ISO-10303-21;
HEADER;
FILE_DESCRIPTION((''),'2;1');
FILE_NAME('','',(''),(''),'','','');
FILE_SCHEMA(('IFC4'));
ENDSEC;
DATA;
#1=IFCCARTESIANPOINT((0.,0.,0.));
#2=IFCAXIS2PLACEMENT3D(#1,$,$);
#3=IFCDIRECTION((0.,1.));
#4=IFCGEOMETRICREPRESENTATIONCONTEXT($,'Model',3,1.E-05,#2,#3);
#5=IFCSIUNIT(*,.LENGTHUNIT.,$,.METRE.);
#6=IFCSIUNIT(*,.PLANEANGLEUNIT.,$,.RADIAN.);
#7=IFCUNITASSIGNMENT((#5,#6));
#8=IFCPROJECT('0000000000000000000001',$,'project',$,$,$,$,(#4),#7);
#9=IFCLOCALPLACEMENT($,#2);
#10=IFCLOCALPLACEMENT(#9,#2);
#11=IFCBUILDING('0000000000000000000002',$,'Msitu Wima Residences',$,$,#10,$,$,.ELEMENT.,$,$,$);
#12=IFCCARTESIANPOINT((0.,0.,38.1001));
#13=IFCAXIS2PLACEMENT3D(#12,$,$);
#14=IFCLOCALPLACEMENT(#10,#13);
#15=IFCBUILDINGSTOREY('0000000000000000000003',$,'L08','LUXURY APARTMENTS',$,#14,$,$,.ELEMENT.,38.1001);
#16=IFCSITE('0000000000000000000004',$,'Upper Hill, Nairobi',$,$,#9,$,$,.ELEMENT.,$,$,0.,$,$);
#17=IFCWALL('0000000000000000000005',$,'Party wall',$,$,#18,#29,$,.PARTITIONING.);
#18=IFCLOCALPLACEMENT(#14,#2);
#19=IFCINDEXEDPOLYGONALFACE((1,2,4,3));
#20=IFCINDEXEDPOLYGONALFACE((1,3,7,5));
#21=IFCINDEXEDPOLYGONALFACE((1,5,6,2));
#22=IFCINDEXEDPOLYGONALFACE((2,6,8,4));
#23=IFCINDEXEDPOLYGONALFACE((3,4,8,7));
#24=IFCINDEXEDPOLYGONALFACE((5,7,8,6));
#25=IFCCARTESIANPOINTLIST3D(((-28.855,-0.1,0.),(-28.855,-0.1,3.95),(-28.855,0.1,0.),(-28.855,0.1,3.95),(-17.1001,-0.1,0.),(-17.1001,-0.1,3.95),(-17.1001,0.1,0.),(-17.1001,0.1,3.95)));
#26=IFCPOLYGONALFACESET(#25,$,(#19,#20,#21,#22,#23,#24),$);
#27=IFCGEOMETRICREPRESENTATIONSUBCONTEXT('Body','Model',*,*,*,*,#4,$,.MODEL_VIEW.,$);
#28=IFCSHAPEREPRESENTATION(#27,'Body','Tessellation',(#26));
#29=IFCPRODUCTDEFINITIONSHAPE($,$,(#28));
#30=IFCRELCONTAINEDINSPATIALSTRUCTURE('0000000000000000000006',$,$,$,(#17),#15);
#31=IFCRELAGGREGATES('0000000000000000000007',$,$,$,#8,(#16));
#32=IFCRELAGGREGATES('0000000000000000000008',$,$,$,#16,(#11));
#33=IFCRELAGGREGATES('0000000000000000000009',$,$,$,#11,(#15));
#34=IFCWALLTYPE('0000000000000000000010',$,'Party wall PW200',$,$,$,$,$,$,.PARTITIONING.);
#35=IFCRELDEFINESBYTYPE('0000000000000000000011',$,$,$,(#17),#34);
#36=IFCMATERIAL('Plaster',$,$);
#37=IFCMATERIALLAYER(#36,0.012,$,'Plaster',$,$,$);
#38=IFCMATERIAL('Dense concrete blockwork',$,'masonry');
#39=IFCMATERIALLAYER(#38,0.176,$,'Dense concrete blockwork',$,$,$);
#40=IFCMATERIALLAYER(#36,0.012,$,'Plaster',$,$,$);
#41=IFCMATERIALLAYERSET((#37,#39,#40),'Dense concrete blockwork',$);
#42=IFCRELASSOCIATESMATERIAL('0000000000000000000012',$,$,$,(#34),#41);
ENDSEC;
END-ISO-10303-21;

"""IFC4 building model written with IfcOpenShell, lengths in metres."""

from ifc_helpers import new_model, si_unit, direction, frame, frame_2d, origin, place, context, subcontext, project, spatial, rectangle, extrude, material, layer, layer_set, type_object, element, save


model = new_model("IFC4")

# Units and contexts
model_context = context("Model", 3, precision=1e-05, world=origin(), true_north=direction((0.0, 1.0)))
body_context = subcontext(model_context, "Body", "Model", "MODEL_VIEW")
ifc_project = project(units=[si_unit("LENGTHUNIT", "METRE"), si_unit("PLANEANGLEUNIT", "RADIAN")], contexts=[model_context])

# Site, building, storey
site_placement = place(None, origin())
site = spatial("IfcSite", under=ifc_project, at=site_placement, Name="Upper Hill, Nairobi", CompositionType="ELEMENT", RefElevation=0.0)
building_placement = place(site_placement, origin())
building = spatial("IfcBuilding", under=site, at=building_placement, Name="Msitu Wima Residences", CompositionType="ELEMENT")
storey_placement = place(building_placement, frame((0.0, 0.0, 38.1001)))
storey = spatial("IfcBuildingStorey", under=building, at=storey_placement, Name="L08", Description="LUXURY APARTMENTS", CompositionType="ELEMENT", Elevation=38.1001)

# Shared definitions
ifc_material_1 = material(Name="Plaster")

# Wall
ifc_layer_1 = layer(ifc_material_1, 0.012, Name="Plaster")
ifc_material_2 = material(Name="Dense concrete blockwork", Category="masonry")
ifc_layer_2 = layer(ifc_material_2, 0.176, Name="Dense concrete blockwork")
ifc_layer_3 = layer(ifc_material_1, 0.012, Name="Plaster")
ifc_layer_set_1 = layer_set([ifc_layer_1, ifc_layer_2, ifc_layer_3], Name="Dense concrete blockwork")
wall_type_1 = type_object("IfcWallType", Name="Party wall PW200", PredefinedType="PARTITIONING", material=ifc_layer_set_1)
wall_1_placement = place(storey_placement, frame((-28.855, 0.0, 0.0), z_axis=(0.0, 0.0, 1.0), x_axis=(1.0, 0.0, 0.0)))
element("IfcWall", 1, at=wall_1_placement, inside=storey, type_object=wall_type_1, Name="Party wall", PredefinedType="PARTITIONING", context=body_context, shape_type="SweptSolid", body=[
    extrude(rectangle(XDim=11.7549, YDim=0.2, at=frame_2d((5.8774, 0.0))), origin(), (0.0, 0.0, 1.0), 3.95),
])

save(model, "model.ifc")
